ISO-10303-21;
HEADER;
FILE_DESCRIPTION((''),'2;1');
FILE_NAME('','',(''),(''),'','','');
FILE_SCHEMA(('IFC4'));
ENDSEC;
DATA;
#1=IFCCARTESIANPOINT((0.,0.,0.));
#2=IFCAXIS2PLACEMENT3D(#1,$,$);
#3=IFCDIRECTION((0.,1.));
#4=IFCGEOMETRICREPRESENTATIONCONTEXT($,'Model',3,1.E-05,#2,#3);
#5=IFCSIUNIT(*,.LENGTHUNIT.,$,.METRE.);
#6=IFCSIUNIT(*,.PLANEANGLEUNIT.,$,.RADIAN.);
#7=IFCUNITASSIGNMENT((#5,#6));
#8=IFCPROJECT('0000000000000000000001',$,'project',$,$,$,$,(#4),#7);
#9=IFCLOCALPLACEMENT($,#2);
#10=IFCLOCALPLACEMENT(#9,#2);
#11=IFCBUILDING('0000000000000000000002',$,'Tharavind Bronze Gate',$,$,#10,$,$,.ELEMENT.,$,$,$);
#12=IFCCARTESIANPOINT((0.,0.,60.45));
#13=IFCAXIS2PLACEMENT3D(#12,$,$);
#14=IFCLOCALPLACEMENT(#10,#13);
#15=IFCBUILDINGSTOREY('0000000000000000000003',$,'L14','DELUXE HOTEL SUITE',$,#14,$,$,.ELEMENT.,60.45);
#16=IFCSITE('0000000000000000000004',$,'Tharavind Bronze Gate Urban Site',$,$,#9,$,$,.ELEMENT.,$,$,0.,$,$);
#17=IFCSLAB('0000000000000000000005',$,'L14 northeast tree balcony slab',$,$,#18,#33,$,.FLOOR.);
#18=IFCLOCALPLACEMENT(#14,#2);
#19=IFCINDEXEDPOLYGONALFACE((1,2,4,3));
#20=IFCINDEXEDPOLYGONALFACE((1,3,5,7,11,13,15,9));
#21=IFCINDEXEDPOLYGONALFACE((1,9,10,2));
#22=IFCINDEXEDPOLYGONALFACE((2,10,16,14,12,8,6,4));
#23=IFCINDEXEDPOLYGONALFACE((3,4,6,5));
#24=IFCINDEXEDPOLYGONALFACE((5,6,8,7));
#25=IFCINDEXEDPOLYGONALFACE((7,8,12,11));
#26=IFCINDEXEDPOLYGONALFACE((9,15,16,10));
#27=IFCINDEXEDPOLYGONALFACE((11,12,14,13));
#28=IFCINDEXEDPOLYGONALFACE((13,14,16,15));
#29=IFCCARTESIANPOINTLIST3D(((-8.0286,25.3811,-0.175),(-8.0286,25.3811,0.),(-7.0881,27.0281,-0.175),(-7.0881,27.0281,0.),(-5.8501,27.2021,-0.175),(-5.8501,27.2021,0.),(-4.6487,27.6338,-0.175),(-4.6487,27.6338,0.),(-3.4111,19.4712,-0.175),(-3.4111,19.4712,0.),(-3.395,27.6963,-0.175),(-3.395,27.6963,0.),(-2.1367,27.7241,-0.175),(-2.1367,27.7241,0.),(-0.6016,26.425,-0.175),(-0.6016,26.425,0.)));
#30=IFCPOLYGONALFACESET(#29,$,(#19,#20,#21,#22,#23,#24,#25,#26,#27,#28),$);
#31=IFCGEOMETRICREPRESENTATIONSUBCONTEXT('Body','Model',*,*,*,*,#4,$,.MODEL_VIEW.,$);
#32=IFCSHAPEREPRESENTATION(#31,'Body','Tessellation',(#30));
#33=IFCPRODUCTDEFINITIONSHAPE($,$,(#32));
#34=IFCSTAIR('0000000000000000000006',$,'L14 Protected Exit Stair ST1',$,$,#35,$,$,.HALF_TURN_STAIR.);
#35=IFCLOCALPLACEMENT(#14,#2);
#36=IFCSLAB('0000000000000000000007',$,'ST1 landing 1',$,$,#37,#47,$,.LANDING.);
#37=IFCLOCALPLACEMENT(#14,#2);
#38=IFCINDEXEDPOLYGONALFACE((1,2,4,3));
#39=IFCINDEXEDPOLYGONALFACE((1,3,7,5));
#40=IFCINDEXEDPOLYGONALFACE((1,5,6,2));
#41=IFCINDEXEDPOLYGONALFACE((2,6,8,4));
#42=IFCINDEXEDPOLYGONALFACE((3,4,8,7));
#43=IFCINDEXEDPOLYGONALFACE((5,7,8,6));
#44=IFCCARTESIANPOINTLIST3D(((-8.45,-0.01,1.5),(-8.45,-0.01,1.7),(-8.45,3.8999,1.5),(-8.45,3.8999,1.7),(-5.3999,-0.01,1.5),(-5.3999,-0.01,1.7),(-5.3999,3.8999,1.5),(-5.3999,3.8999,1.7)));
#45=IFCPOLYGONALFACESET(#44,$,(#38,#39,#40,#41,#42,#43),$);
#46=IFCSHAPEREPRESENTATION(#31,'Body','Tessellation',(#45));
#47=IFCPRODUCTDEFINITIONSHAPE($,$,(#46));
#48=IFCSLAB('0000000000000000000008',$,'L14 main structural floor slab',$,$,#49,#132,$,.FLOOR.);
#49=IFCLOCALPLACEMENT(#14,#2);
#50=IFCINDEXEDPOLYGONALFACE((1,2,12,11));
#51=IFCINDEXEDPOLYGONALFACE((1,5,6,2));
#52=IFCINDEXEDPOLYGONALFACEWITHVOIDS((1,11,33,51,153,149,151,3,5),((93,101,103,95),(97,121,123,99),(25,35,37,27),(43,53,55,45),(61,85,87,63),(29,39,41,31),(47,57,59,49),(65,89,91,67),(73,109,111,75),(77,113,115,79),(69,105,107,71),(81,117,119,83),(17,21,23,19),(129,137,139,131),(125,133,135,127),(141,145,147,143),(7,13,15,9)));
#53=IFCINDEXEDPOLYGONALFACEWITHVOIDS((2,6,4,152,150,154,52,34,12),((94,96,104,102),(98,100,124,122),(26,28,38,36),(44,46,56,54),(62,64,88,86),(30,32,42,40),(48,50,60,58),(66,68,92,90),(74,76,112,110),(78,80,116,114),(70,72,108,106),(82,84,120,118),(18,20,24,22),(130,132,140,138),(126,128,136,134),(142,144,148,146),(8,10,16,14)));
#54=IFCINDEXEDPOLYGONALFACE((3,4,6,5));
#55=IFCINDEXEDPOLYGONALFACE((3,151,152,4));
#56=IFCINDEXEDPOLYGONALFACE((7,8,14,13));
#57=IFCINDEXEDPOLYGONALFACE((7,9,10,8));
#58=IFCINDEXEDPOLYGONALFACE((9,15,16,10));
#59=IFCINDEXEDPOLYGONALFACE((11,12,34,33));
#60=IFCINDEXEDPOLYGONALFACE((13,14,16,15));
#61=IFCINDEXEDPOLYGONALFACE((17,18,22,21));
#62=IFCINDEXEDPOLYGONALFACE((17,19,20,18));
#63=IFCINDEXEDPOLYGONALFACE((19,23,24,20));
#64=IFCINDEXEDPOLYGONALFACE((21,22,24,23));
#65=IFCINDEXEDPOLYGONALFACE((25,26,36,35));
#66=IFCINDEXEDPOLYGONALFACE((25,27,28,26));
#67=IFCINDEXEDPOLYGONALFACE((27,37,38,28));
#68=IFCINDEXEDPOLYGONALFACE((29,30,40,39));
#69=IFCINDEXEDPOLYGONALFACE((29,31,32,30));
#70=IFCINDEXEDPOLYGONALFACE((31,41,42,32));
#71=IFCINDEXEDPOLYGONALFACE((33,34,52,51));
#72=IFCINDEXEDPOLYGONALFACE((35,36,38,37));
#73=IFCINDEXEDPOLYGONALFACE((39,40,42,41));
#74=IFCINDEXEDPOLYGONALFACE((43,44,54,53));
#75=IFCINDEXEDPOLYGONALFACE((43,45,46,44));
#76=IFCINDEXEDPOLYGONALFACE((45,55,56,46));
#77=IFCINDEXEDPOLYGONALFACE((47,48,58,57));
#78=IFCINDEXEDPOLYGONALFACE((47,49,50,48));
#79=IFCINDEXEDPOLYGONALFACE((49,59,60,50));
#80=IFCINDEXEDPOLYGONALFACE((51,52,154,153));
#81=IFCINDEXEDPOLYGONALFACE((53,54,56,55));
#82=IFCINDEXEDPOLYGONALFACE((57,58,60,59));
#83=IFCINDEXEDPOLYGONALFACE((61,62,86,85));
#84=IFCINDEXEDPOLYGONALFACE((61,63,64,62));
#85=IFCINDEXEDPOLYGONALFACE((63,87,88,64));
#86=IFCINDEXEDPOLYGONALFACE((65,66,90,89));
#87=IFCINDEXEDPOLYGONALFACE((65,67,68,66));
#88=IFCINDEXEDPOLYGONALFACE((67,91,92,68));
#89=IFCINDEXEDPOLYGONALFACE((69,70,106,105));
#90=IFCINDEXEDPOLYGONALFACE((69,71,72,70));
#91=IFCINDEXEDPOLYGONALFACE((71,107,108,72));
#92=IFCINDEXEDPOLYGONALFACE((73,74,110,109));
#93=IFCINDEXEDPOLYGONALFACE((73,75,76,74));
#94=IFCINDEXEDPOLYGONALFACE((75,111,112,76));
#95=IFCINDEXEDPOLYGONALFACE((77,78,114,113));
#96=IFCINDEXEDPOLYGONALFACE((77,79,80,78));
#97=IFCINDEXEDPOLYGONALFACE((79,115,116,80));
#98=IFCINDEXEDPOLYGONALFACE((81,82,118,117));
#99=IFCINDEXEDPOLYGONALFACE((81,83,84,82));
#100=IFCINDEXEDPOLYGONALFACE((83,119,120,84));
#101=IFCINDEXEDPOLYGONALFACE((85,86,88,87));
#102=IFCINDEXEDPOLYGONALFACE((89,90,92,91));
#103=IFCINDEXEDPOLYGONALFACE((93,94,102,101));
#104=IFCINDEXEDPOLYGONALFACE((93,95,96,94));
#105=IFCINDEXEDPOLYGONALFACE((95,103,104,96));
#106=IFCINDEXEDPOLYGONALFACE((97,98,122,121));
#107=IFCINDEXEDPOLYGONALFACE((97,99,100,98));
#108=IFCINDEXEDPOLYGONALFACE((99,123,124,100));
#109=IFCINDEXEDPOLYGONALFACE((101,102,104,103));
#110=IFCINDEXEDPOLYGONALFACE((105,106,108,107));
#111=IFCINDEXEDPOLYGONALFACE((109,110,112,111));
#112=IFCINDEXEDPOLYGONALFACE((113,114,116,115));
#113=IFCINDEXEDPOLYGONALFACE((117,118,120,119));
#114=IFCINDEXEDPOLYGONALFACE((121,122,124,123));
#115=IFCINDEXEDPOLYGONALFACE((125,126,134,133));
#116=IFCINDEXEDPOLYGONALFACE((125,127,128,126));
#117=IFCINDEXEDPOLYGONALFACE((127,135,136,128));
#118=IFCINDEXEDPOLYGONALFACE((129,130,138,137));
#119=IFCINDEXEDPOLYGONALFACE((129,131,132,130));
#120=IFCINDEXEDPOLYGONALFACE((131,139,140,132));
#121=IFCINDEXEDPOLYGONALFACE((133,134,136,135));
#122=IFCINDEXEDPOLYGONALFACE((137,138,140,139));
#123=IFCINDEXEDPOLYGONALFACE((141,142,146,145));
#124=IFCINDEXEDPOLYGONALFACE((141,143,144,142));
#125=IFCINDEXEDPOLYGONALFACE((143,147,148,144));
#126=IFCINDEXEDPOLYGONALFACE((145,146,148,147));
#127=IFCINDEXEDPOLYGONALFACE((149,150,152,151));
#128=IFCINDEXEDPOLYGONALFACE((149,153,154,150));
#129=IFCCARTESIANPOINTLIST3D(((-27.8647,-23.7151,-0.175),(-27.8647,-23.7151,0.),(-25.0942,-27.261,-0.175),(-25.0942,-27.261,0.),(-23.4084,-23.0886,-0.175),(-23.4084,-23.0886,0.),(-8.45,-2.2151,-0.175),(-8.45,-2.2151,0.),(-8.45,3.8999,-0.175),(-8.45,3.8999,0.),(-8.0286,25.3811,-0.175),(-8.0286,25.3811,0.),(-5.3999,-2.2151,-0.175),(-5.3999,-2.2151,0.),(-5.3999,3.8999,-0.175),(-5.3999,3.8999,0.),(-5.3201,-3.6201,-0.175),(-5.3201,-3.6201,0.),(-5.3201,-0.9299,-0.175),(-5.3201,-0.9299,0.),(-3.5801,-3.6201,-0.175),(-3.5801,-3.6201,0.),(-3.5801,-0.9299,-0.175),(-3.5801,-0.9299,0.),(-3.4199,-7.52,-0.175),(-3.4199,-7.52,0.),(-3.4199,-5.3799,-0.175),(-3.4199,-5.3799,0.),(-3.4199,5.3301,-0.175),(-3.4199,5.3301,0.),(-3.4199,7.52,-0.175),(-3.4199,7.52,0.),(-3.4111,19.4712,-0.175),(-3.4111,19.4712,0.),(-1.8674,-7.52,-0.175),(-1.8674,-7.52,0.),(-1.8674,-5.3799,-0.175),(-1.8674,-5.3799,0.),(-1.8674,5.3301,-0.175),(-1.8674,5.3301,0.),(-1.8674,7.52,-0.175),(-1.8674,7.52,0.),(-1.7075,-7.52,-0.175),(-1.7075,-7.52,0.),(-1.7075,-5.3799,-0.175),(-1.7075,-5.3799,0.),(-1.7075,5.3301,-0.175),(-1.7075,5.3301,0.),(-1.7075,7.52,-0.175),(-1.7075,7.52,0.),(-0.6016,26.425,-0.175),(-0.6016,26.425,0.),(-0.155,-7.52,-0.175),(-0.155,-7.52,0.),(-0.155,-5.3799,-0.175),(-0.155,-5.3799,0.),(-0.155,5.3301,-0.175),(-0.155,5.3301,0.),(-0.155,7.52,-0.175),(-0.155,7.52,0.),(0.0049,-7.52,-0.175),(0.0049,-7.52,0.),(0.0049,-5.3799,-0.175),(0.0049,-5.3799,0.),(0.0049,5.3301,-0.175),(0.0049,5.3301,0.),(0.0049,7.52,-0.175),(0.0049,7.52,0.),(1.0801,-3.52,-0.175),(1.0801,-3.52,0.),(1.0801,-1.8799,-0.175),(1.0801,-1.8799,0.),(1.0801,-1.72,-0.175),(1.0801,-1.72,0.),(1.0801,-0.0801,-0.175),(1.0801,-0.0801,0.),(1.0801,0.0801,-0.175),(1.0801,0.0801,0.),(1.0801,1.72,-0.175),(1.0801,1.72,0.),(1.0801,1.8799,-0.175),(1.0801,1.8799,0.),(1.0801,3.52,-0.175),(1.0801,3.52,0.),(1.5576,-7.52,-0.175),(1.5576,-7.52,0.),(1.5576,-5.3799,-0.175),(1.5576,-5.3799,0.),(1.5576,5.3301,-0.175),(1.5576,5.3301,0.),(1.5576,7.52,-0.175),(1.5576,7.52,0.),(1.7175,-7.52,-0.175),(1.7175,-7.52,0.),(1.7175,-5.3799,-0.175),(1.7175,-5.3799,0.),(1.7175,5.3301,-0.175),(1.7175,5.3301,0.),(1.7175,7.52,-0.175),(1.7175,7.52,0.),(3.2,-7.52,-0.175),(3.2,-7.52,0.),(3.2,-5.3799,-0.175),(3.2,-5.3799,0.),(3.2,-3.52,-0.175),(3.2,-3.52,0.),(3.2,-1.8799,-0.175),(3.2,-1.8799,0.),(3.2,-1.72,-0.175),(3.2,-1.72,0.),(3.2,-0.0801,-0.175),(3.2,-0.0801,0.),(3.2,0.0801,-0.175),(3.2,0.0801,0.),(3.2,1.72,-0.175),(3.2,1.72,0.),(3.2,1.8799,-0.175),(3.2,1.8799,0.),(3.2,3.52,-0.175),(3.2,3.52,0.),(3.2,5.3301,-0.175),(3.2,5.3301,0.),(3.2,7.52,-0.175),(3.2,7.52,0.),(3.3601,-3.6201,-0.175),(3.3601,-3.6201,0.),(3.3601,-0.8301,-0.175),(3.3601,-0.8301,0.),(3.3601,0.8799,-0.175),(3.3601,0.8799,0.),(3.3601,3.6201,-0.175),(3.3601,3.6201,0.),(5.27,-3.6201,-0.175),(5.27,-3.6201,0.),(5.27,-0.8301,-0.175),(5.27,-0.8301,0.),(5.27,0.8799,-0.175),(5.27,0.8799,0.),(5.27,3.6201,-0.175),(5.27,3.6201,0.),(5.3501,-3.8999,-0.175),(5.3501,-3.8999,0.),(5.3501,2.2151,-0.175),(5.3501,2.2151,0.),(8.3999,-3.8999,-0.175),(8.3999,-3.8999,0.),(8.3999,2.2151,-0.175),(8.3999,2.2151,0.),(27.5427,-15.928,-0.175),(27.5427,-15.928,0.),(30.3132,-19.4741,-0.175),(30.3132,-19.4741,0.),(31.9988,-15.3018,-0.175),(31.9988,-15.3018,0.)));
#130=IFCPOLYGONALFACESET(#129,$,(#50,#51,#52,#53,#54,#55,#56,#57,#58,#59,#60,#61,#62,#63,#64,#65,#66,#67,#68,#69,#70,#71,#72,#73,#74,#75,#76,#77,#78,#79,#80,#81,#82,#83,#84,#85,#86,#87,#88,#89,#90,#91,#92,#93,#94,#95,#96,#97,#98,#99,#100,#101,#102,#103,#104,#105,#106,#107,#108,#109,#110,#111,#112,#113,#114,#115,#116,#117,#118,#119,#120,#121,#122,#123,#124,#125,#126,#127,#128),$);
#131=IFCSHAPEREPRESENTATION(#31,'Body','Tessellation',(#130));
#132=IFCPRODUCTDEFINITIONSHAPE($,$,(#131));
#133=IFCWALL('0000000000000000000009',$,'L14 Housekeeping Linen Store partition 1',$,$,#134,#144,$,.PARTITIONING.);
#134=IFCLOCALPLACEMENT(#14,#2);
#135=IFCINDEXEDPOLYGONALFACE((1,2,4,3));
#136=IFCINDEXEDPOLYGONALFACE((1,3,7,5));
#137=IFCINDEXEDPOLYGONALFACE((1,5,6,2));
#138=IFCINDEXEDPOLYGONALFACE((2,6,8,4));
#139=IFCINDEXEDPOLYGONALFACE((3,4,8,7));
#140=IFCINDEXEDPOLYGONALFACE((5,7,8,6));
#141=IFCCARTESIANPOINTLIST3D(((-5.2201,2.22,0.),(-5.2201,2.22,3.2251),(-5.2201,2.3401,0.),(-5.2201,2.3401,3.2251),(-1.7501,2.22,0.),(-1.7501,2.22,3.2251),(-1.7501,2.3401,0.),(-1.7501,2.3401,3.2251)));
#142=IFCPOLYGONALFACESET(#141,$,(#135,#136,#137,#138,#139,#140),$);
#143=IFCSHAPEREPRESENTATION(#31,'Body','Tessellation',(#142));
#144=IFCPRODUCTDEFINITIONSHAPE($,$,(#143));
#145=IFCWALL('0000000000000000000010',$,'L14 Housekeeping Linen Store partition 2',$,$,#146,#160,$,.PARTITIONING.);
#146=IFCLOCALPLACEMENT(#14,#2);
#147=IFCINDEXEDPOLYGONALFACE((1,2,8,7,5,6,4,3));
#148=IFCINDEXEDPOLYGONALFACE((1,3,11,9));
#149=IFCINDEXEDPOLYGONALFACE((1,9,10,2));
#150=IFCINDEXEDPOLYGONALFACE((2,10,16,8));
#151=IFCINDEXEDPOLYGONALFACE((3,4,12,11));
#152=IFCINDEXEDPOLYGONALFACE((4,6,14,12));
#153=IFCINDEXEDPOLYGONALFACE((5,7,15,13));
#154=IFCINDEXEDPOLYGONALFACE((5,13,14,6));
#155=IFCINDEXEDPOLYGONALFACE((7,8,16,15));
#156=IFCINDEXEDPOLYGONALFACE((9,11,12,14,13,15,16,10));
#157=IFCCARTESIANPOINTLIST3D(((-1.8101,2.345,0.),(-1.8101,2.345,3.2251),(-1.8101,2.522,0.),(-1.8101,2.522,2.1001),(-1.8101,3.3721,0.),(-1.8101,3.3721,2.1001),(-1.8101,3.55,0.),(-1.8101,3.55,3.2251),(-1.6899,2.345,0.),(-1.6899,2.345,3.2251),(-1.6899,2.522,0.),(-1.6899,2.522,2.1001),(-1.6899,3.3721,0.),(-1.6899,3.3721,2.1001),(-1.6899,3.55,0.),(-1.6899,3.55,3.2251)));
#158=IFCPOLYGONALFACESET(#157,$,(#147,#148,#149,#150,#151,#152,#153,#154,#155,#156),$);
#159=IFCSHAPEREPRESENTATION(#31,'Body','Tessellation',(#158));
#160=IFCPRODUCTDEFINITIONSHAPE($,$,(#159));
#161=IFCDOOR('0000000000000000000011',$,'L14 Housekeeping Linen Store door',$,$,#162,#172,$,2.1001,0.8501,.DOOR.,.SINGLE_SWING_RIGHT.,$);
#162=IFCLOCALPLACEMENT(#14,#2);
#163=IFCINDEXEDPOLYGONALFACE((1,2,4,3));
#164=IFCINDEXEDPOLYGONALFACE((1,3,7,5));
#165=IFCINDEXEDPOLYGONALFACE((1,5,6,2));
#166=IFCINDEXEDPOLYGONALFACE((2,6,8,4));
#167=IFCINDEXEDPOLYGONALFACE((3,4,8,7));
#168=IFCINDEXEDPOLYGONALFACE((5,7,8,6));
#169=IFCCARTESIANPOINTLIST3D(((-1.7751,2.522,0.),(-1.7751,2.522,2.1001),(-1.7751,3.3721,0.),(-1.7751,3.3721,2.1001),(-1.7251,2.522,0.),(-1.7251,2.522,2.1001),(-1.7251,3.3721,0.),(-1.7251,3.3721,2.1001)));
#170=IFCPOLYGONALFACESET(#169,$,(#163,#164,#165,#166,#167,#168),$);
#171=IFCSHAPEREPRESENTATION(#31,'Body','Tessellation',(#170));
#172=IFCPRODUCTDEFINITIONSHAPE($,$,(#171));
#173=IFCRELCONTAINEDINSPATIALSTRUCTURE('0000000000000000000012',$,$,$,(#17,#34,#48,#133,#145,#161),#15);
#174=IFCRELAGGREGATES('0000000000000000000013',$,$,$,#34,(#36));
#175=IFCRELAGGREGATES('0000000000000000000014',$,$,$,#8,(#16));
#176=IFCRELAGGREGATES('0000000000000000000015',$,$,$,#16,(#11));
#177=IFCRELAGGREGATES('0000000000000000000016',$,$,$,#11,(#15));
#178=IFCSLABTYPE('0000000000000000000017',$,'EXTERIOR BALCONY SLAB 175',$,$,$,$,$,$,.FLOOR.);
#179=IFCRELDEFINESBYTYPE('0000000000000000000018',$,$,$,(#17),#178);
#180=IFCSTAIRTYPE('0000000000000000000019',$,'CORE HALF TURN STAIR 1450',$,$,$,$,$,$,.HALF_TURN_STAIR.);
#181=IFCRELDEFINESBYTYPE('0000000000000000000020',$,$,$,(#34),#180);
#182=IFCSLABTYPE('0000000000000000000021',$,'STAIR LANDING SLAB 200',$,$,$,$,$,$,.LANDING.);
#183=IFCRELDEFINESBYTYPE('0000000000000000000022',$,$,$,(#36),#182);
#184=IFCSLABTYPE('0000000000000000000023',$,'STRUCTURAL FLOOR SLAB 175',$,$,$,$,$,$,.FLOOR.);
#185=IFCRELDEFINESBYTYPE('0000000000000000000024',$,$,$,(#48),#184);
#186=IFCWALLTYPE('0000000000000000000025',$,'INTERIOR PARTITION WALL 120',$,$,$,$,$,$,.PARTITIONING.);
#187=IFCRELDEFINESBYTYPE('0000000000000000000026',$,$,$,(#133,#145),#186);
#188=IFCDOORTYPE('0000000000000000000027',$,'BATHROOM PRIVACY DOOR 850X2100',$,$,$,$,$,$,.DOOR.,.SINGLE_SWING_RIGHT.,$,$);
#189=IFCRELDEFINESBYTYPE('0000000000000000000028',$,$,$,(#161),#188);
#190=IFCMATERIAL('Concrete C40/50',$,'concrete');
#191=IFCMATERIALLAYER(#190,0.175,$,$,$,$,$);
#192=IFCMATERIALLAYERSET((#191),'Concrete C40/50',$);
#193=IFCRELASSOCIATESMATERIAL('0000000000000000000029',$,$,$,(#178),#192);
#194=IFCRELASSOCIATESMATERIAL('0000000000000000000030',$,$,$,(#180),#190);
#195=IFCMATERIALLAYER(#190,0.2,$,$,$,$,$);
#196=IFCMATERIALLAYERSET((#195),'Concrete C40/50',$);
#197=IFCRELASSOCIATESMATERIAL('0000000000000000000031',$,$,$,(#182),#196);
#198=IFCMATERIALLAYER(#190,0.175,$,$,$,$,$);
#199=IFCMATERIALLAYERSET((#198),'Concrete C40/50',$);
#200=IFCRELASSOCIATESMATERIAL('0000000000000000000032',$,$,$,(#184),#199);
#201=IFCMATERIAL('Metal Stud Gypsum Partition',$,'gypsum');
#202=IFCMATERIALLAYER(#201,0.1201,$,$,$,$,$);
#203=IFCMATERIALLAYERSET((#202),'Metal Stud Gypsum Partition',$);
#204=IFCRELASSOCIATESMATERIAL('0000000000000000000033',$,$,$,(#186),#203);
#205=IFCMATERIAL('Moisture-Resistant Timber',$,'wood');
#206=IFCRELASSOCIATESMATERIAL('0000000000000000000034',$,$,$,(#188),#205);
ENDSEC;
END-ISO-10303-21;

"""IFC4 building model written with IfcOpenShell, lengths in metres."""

from ifc_helpers import new_model, si_unit, direction, frame, frame_2d, origin, place, context, subcontext, project, spatial, polyline, rectangle, outline, extrude, material, layer, layer_set, type_object, element, fill, aggregate, save


model = new_model("IFC4")

# Units and contexts
model_context = context("Model", 3, precision=1e-05, world=origin(), true_north=direction((0.0, 1.0)))
body_context = subcontext(model_context, "Body", "Model", "MODEL_VIEW")
ifc_project = project(units=[si_unit("LENGTHUNIT", "METRE"), si_unit("PLANEANGLEUNIT", "RADIAN")], contexts=[model_context])

# Site, building, storey
site_placement = place(None, origin())
site = spatial("IfcSite", under=ifc_project, at=site_placement, Name="Tharavind Bronze Gate Urban Site", CompositionType="ELEMENT", RefElevation=0.0)
building_placement = place(site_placement, origin())
building = spatial("IfcBuilding", under=site, at=building_placement, Name="Tharavind Bronze Gate", CompositionType="ELEMENT")
storey_placement = place(building_placement, frame((0.0, 0.0, 60.45)))
storey = spatial("IfcBuildingStorey", under=building, at=storey_placement, Name="L14", Description="DELUXE HOTEL SUITE", CompositionType="ELEMENT", Elevation=60.45)

# Slab
ifc_material_1 = material(Name="Concrete C40/50", Category="concrete")
ifc_layer_1 = layer(ifc_material_1, 0.175)
ifc_layer_set_1 = layer_set([ifc_layer_1], Name="Concrete C40/50")
slab_type_1 = type_object("IfcSlabType", Name="EXTERIOR BALCONY SLAB 175", PredefinedType="FLOOR", material=ifc_layer_set_1)
slab_1_placement = place(storey_placement, frame((0.0, 0.0, -0.175)))
element("IfcSlab", 1, at=slab_1_placement, inside=storey, type_object=slab_type_1, Name="L14 northeast tree balcony slab", PredefinedType="FLOOR", context=body_context, shape_type="SweptSolid", body=[
    extrude(outline(polyline([(-2.1367, 27.7241), (-3.395, 27.6963), (-4.6487, 27.6338), (-5.8501, 27.2021), (-7.0881, 27.0281), (-8.0286, 25.3811), (-3.4111, 19.4712), (-0.6016, 26.425), (-2.1367, 27.7241)])), origin(), (0.0, 0.0, 1.0), 0.175),
])

# Stair, slab
stair_type = type_object("IfcStairType", Name="CORE HALF TURN STAIR 1450", PredefinedType="HALF_TURN_STAIR", material=ifc_material_1)
stair_placement = place(storey_placement, origin())
stair = element("IfcStair", 2, at=stair_placement, inside=storey, type_object=stair_type, Name="L14 Protected Exit Stair ST1", PredefinedType="HALF_TURN_STAIR")
ifc_layer_2 = layer(ifc_material_1, 0.2)
ifc_layer_set_2 = layer_set([ifc_layer_2], Name="Concrete C40/50")
slab_type_2 = type_object("IfcSlabType", Name="STAIR LANDING SLAB 200", PredefinedType="LANDING", material=ifc_layer_set_2)
slab_2_placement = place(storey_placement, frame((0.0, 0.0, 1.5)))
slab_2 = element("IfcSlab", 3, at=slab_2_placement, type_object=slab_type_2, Name="ST1 landing 1", PredefinedType="LANDING", context=body_context, shape_type="SweptSolid", body=[
    extrude(outline(polyline([(-5.3999, -0.01), (-5.3999, 3.8999), (-8.45, 3.8999), (-8.45, -0.01), (-5.3999, -0.01)])), origin(), (0.0, 0.0, 1.0), 0.2),
])

# Slab
ifc_layer_3 = layer(ifc_material_1, 0.175)
ifc_layer_set_3 = layer_set([ifc_layer_3], Name="Concrete C40/50")
slab_type_3 = type_object("IfcSlabType", Name="STRUCTURAL FLOOR SLAB 175", PredefinedType="FLOOR", material=ifc_layer_set_3)
slab_3_placement = place(storey_placement, frame((0.0, 0.0, -0.175)))
element("IfcSlab", 4, at=slab_3_placement, inside=storey, type_object=slab_type_3, Name="L14 main structural floor slab", PredefinedType="FLOOR", context=body_context, shape_type="SweptSolid", body=[
    extrude(outline(polyline([(-0.6016, 26.425), (-3.4111, 19.4712), (-8.0286, 25.3811), (-27.8647, -23.7151), (-23.4084, -23.0886), (-25.0942, -27.261), (30.3132, -19.4741), (27.5427, -15.928), (31.9988, -15.3018), (-0.6016, 26.425)]), holes=[polyline([(-5.3999, -2.2151), (-5.3999, 3.8999), (-8.45, 3.8999), (-8.45, -2.2151), (-5.3999, -2.2151)]), polyline([(5.3501, 2.2151), (5.3501, -3.8999), (8.3999, -3.8999), (8.3999, 2.2151), (5.3501, 2.2151)]), polyline([(-3.4199, -7.52), (-1.8674, -7.52), (-1.8674, -5.3799), (-3.4199, -5.3799), (-3.4199, -7.52)]), polyline([(-1.7075, -7.52), (-0.155, -7.52), (-0.155, -5.3799), (-1.7075, -5.3799), (-1.7075, -7.52)]), polyline([(0.0049, -7.52), (1.5576, -7.52), (1.5576, -5.3799), (0.0049, -5.3799), (0.0049, -7.52)]), polyline([(1.7175, -7.52), (3.2, -7.52), (3.2, -5.3799), (1.7175, -5.3799), (1.7175, -7.52)]), polyline([(-3.4199, 5.3301), (-1.8674, 5.3301), (-1.8674, 7.52), (-3.4199, 7.52), (-3.4199, 5.3301)]), polyline([(-1.7075, 5.3301), (-0.155, 5.3301), (-0.155, 7.52), (-1.7075, 7.52), (-1.7075, 5.3301)]), polyline([(0.0049, 5.3301), (1.5576, 5.3301), (1.5576, 7.52), (0.0049, 7.52), (0.0049, 5.3301)]), polyline([(1.7175, 5.3301), (3.2, 5.3301), (3.2, 7.52), (1.7175, 7.52), (1.7175, 5.3301)]), polyline([(1.0801, -3.52), (3.2, -3.52), (3.2, -1.8799), (1.0801, -1.8799), (1.0801, -3.52)]), polyline([(1.0801, -1.72), (3.2, -1.72), (3.2, -0.0801), (1.0801, -0.0801), (1.0801, -1.72)]), polyline([(1.0801, 0.0801), (3.2, 0.0801), (3.2, 1.72), (1.0801, 1.72), (1.0801, 0.0801)]), polyline([(1.0801, 1.8799), (3.2, 1.8799), (3.2, 3.52), (1.0801, 3.52), (1.0801, 1.8799)]), polyline([(-5.3201, -3.6201), (-3.5801, -3.6201), (-3.5801, -0.9299), (-5.3201, -0.9299), (-5.3201, -3.6201)]), polyline([(3.3601, 0.8799), (5.27, 0.8799), (5.27, 3.6201), (3.3601, 3.6201), (3.3601, 0.8799)]), polyline([(3.3601, -3.6201), (5.27, -3.6201), (5.27, -0.8301), (3.3601, -0.8301), (3.3601, -3.6201)])]), origin(), (0.0, 0.0, 1.0), 0.175),
])

# Wall
ifc_material_2 = material(Name="Metal Stud Gypsum Partition", Category="gypsum")
ifc_layer_4 = layer(ifc_material_2, 0.1201)
ifc_layer_set_4 = layer_set([ifc_layer_4], Name="Metal Stud Gypsum Partition")
wall_type_1 = type_object("IfcWallType", Name="INTERIOR PARTITION WALL 120", PredefinedType="PARTITIONING", material=ifc_layer_set_4)
wall_1_placement = place(storey_placement, frame((-5.22, 2.28, 0.0), z_axis=(0.0, 0.0, 1.0), x_axis=(1.0, 0.0, 0.0)))
element("IfcWall", 5, at=wall_1_placement, inside=storey, type_object=wall_type_1, Name="L14 Housekeeping Linen Store partition 1", PredefinedType="PARTITIONING", context=body_context, shape_type="SweptSolid", body=[
    extrude(rectangle(XDim=3.47, YDim=0.1201, at=frame_2d((1.7349, 0.0))), origin(), (0.0, 0.0, 1.0), 3.2251),
])

# Wall, opening, door
wall_2_placement = place(storey_placement, frame((-1.75, 2.345, 0.0), z_axis=(0.0, 0.0, 1.0), x_axis=(0.0, 1.0, 0.0)))
wall_2 = element("IfcWall", 6, at=wall_2_placement, inside=storey, type_object=wall_type_1, Name="L14 Housekeeping Linen Store partition 2", PredefinedType="PARTITIONING", context=body_context, shape_type="SweptSolid", body=[
    extrude(rectangle(XDim=1.2051, YDim=0.1201, at=frame_2d((0.6025, 0.0))), origin(), (0.0, 0.0, 1.0), 3.2251),
])
opening_1_placement = place(wall_2_placement, frame((0.177, 0.0, 0.0)))
opening_1 = element("IfcOpeningElement", 7, at=opening_1_placement, cuts=wall_2, PredefinedType="OPENING", context=body_context, shape_type="SweptSolid", body=[
    extrude(rectangle(XDim=0.8501, YDim=2.1001, at=frame_2d((0.425, 1.05))), frame((0.0, 0.0701, 0.0), z_axis=(0.0, -1.0, 0.0), x_axis=(1.0, 0.0, 0.0)), (0.0, 0.0, 1.0), 0.1401),
])
ifc_material_3 = material(Name="Moisture-Resistant Timber", Category="wood")
door_type = type_object("IfcDoorType", Name="BATHROOM PRIVACY DOOR 850X2100", OperationType="SINGLE_SWING_RIGHT", PredefinedType="DOOR", material=ifc_material_3)
door_1_placement = place(opening_1_placement, frame((0.8501, 0.0, 0.0), z_axis=(0.0, 0.0, 1.0), x_axis=(-1.0, 0.0, 0.0)))
door_1 = element("IfcDoor", 8, at=door_1_placement, inside=storey, type_object=door_type, Name="L14 Housekeeping Linen Store door", OperationType="SINGLE_SWING_RIGHT", OverallHeight=2.1001, OverallWidth=0.8501, PredefinedType="DOOR", context=body_context, shape_type="SweptSolid", body=[
    extrude(rectangle(XDim=0.8501, YDim=2.1001, at=frame_2d((0.425, 1.05))), frame((0.0, 0.0249, 0.0), z_axis=(0.0, -1.0, 0.0), x_axis=(1.0, 0.0, 0.0)), (0.0, 0.0, 1.0), 0.05),
])
fill(opening_1, door_1)

aggregate(stair, [slab_2])

save(model, "model.ifc")
